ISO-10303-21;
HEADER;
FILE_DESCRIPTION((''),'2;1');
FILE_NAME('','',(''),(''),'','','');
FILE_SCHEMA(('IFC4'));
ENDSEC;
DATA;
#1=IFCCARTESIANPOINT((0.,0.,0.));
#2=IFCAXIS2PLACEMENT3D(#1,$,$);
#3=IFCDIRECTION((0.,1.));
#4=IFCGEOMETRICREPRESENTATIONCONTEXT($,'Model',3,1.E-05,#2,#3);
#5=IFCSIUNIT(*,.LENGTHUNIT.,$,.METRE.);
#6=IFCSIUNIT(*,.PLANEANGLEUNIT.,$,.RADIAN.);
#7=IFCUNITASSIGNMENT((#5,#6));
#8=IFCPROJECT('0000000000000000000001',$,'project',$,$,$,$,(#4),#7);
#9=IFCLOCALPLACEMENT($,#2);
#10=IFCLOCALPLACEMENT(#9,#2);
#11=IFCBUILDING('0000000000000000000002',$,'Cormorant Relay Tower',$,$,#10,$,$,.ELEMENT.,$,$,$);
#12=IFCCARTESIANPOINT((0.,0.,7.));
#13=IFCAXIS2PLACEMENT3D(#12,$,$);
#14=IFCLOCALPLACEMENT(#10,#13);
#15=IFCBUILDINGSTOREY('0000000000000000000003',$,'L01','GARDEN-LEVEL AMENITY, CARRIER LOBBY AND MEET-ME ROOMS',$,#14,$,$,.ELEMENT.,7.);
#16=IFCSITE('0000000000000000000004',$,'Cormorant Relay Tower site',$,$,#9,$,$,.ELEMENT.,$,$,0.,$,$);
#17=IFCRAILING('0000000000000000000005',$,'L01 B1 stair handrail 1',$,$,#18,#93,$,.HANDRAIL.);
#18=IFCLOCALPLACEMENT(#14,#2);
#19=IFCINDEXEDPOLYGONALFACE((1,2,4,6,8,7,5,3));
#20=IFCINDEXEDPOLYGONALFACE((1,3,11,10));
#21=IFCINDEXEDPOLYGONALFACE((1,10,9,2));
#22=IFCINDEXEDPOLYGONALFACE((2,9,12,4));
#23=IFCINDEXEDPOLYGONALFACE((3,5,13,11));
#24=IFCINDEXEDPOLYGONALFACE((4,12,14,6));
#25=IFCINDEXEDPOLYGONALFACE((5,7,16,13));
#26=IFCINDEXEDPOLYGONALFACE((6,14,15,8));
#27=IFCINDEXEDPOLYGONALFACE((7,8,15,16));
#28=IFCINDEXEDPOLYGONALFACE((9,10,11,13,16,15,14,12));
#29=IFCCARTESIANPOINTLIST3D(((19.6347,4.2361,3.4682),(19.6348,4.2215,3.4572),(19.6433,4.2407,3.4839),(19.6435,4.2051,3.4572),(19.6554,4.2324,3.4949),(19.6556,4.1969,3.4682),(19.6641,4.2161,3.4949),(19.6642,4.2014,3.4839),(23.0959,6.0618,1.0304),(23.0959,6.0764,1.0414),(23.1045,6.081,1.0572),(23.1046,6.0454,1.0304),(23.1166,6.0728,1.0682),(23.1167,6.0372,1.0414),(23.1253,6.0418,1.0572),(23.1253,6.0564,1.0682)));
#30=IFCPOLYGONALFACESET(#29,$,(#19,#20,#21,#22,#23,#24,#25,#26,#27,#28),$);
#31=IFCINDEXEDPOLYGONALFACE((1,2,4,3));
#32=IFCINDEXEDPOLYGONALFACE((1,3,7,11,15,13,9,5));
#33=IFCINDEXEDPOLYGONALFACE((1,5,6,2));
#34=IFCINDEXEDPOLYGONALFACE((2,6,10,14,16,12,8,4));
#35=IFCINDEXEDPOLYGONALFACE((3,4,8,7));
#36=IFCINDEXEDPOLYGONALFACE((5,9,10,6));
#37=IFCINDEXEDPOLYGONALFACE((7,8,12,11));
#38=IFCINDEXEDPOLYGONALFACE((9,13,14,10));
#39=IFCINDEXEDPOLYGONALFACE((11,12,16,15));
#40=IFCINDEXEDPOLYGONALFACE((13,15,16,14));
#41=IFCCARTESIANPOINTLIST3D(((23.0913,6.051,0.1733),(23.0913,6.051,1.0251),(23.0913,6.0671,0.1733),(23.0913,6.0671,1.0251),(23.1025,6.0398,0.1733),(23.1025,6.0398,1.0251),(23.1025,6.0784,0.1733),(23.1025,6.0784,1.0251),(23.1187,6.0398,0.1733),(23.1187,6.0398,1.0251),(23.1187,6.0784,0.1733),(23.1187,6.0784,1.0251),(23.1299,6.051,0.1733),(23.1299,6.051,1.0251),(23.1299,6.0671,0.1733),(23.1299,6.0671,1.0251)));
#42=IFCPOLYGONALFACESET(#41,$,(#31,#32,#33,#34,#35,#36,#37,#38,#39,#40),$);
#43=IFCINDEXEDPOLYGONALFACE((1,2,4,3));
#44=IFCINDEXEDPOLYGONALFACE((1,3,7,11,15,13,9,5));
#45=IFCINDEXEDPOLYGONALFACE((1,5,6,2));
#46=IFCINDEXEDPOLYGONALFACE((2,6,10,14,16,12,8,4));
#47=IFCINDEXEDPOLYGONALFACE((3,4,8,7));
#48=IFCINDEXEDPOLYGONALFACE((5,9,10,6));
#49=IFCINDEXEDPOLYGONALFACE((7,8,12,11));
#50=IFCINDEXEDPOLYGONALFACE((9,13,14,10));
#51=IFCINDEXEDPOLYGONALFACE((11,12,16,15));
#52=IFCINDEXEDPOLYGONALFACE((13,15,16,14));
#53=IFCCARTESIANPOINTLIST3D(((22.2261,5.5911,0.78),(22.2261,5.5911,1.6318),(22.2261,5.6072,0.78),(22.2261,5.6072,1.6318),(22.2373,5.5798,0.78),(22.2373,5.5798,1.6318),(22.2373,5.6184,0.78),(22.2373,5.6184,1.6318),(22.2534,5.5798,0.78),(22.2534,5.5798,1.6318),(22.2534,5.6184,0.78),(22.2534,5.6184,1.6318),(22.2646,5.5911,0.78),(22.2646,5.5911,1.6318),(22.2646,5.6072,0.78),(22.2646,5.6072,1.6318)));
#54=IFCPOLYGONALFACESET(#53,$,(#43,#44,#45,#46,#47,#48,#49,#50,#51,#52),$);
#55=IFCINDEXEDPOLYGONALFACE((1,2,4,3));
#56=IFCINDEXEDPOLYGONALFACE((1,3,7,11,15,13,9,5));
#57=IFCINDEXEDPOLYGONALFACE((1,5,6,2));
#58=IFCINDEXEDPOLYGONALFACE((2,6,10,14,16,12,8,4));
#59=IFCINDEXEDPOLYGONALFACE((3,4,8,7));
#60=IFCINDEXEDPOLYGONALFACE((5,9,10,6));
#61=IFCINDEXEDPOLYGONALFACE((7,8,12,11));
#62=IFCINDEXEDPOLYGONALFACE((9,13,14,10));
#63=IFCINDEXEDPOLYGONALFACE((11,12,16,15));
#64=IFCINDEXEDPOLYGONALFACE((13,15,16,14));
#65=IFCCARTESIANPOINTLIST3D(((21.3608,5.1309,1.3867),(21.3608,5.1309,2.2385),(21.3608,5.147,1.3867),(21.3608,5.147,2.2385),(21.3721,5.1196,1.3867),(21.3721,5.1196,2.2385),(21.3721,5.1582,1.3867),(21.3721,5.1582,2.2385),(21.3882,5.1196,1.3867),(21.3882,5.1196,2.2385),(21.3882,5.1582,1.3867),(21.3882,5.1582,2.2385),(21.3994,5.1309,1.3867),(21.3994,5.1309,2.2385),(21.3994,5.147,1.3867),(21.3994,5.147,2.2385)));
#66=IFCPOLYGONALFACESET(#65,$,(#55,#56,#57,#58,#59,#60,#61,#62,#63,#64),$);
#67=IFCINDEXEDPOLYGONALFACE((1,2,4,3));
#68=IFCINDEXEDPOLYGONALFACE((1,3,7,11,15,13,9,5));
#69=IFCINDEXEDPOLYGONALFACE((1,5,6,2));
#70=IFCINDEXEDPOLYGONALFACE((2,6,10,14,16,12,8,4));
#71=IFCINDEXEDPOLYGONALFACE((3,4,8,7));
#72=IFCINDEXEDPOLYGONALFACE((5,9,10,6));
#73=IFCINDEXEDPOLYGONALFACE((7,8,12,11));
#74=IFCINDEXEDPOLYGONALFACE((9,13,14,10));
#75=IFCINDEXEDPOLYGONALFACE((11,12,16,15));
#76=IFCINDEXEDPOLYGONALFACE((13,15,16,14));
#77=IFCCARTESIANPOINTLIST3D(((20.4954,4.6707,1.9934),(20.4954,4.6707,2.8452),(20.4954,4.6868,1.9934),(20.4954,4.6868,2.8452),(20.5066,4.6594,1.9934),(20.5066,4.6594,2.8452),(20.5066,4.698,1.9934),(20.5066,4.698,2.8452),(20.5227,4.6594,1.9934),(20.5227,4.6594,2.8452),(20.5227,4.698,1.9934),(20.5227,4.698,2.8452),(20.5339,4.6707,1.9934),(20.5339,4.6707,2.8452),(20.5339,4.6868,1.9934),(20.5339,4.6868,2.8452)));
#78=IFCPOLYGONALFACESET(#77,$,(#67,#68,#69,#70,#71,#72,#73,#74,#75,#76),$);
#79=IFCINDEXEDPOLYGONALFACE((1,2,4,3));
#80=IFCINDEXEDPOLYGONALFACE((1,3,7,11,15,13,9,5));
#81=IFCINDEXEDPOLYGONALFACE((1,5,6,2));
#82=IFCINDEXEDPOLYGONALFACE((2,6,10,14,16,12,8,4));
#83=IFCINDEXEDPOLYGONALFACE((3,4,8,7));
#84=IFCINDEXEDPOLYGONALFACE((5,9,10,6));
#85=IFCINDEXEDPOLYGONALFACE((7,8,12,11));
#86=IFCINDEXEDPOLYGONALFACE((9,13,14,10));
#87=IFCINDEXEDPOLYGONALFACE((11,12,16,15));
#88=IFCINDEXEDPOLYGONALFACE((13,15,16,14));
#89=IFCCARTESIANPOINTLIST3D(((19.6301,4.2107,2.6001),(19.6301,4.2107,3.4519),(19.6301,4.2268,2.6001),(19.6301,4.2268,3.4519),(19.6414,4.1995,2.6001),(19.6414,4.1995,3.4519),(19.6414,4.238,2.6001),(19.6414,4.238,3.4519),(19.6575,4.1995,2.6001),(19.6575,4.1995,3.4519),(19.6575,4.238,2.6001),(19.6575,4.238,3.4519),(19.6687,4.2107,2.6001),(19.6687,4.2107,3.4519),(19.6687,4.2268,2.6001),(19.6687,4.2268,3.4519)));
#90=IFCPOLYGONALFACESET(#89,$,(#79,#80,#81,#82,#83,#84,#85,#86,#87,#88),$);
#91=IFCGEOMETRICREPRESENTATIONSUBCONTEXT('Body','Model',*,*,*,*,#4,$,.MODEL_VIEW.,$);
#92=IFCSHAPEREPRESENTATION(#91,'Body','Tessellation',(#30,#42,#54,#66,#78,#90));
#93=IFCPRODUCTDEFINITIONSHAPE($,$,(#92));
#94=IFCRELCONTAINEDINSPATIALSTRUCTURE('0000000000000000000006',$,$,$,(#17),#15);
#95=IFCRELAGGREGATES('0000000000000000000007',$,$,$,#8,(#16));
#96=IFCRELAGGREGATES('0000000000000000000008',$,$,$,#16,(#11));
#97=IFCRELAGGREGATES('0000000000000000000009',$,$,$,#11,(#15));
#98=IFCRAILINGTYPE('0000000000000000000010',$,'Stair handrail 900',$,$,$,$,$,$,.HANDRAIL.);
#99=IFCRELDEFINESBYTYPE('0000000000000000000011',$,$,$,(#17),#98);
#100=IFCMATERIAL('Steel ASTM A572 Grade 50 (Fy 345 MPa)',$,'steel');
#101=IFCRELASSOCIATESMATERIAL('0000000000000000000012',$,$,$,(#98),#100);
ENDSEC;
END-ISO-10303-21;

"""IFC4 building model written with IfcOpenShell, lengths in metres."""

from ifc_helpers import new_model, si_unit, direction, frame, origin, place, context, subcontext, project, spatial, polyline, outline, extrude, material, type_object, element, save


model = new_model("IFC4")

# Units and contexts
model_context = context("Model", 3, precision=1e-05, world=origin(), true_north=direction((0.0, 1.0)))
body_context = subcontext(model_context, "Body", "Model", "MODEL_VIEW")
ifc_project = project(units=[si_unit("LENGTHUNIT", "METRE"), si_unit("PLANEANGLEUNIT", "RADIAN")], contexts=[model_context])

# Site, building, storey
site_placement = place(None, origin())
site = spatial("IfcSite", under=ifc_project, at=site_placement, Name="Cormorant Relay Tower site", CompositionType="ELEMENT", RefElevation=0.0)
building_placement = place(site_placement, origin())
building = spatial("IfcBuilding", under=site, at=building_placement, Name="Cormorant Relay Tower", CompositionType="ELEMENT")
storey_placement = place(building_placement, frame((0.0, 0.0, 7.0)))
storey = spatial("IfcBuildingStorey", under=building, at=storey_placement, Name="L01", Description="GARDEN-LEVEL AMENITY, CARRIER LOBBY AND MEET-ME ROOMS", CompositionType="ELEMENT", Elevation=7.0)

# Railing
ifc_material_1 = material(Name="Steel ASTM A572 Grade 50 (Fy 345 MPa)", Category="steel")
railing_type_1 = type_object("IfcRailingType", Name="Stair handrail 900", PredefinedType="HANDRAIL", material=ifc_material_1)
railing_1_placement = place(storey_placement, frame((23.1106, 6.0591, 0.1733)))
element("IfcRailing", 1, at=railing_1_placement, inside=storey, type_object=railing_type_1, Name="L01 B1 stair handrail 1", PredefinedType="HANDRAIL", context=body_context, shape_type="SweptSolid", body=[
    extrude(outline(polyline([(0.0222, 0.0093), (0.0093, 0.0222), (-0.0093, 0.0222), (-0.0222, 0.0093), (-0.0222, -0.0093), (-0.0093, -0.0222), (0.0093, -0.0222), (0.0222, -0.0093), (0.0222, 0.0093)])), frame((0.0, 0.0, 0.876), z_axis=(-0.750734, -0.39917, 0.526366), x_axis=(0.469469, -0.882949, 0.0)), (0.0, 0.0, 1.0), 4.6104),
    extrude(outline(polyline([(0.0193, 0.0081), (0.0081, 0.0193), (-0.0081, 0.0193), (-0.0193, 0.0081), (-0.0193, -0.0081), (-0.0081, -0.0193), (0.0081, -0.0193), (0.0193, -0.0081), (0.0193, 0.0081)])), origin(), (0.0, 0.0, 1.0), 0.8518),
    extrude(outline(polyline([(0.0193, 0.0081), (0.0081, 0.0193), (-0.0081, 0.0193), (-0.0193, 0.0081), (-0.0193, -0.0081), (-0.0081, -0.0193), (0.0081, -0.0193), (0.0193, -0.0081), (0.0193, 0.0081)])), frame((-0.8652, -0.46, 0.6067)), (0.0, 0.0, 1.0), 0.8518),
    extrude(outline(polyline([(0.0193, 0.0081), (0.0081, 0.0193), (-0.0081, 0.0193), (-0.0193, 0.0081), (-0.0193, -0.0081), (-0.0081, -0.0193), (0.0081, -0.0193), (0.0193, -0.0081), (0.0193, 0.0081)])), frame((-1.7305, -0.9202, 1.2134)), (0.0, 0.0, 1.0), 0.8518),
    extrude(outline(polyline([(0.0193, 0.0081), (0.0081, 0.0193), (-0.0081, 0.0193), (-0.0193, 0.0081), (-0.0193, -0.0081), (-0.0081, -0.0193), (0.0081, -0.0193), (0.0193, -0.0081), (0.0193, 0.0081)])), frame((-2.5959, -1.3804, 1.8201)), (0.0, 0.0, 1.0), 0.8518),
    extrude(outline(polyline([(0.0193, 0.0081), (0.0081, 0.0193), (-0.0081, 0.0193), (-0.0193, 0.0081), (-0.0193, -0.0081), (-0.0081, -0.0193), (0.0081, -0.0193), (0.0193, -0.0081), (0.0193, 0.0081)])), frame((-3.4612, -1.8403, 2.4268)), (0.0, 0.0, 1.0), 0.8518),
])

save(model, "model.ifc")
